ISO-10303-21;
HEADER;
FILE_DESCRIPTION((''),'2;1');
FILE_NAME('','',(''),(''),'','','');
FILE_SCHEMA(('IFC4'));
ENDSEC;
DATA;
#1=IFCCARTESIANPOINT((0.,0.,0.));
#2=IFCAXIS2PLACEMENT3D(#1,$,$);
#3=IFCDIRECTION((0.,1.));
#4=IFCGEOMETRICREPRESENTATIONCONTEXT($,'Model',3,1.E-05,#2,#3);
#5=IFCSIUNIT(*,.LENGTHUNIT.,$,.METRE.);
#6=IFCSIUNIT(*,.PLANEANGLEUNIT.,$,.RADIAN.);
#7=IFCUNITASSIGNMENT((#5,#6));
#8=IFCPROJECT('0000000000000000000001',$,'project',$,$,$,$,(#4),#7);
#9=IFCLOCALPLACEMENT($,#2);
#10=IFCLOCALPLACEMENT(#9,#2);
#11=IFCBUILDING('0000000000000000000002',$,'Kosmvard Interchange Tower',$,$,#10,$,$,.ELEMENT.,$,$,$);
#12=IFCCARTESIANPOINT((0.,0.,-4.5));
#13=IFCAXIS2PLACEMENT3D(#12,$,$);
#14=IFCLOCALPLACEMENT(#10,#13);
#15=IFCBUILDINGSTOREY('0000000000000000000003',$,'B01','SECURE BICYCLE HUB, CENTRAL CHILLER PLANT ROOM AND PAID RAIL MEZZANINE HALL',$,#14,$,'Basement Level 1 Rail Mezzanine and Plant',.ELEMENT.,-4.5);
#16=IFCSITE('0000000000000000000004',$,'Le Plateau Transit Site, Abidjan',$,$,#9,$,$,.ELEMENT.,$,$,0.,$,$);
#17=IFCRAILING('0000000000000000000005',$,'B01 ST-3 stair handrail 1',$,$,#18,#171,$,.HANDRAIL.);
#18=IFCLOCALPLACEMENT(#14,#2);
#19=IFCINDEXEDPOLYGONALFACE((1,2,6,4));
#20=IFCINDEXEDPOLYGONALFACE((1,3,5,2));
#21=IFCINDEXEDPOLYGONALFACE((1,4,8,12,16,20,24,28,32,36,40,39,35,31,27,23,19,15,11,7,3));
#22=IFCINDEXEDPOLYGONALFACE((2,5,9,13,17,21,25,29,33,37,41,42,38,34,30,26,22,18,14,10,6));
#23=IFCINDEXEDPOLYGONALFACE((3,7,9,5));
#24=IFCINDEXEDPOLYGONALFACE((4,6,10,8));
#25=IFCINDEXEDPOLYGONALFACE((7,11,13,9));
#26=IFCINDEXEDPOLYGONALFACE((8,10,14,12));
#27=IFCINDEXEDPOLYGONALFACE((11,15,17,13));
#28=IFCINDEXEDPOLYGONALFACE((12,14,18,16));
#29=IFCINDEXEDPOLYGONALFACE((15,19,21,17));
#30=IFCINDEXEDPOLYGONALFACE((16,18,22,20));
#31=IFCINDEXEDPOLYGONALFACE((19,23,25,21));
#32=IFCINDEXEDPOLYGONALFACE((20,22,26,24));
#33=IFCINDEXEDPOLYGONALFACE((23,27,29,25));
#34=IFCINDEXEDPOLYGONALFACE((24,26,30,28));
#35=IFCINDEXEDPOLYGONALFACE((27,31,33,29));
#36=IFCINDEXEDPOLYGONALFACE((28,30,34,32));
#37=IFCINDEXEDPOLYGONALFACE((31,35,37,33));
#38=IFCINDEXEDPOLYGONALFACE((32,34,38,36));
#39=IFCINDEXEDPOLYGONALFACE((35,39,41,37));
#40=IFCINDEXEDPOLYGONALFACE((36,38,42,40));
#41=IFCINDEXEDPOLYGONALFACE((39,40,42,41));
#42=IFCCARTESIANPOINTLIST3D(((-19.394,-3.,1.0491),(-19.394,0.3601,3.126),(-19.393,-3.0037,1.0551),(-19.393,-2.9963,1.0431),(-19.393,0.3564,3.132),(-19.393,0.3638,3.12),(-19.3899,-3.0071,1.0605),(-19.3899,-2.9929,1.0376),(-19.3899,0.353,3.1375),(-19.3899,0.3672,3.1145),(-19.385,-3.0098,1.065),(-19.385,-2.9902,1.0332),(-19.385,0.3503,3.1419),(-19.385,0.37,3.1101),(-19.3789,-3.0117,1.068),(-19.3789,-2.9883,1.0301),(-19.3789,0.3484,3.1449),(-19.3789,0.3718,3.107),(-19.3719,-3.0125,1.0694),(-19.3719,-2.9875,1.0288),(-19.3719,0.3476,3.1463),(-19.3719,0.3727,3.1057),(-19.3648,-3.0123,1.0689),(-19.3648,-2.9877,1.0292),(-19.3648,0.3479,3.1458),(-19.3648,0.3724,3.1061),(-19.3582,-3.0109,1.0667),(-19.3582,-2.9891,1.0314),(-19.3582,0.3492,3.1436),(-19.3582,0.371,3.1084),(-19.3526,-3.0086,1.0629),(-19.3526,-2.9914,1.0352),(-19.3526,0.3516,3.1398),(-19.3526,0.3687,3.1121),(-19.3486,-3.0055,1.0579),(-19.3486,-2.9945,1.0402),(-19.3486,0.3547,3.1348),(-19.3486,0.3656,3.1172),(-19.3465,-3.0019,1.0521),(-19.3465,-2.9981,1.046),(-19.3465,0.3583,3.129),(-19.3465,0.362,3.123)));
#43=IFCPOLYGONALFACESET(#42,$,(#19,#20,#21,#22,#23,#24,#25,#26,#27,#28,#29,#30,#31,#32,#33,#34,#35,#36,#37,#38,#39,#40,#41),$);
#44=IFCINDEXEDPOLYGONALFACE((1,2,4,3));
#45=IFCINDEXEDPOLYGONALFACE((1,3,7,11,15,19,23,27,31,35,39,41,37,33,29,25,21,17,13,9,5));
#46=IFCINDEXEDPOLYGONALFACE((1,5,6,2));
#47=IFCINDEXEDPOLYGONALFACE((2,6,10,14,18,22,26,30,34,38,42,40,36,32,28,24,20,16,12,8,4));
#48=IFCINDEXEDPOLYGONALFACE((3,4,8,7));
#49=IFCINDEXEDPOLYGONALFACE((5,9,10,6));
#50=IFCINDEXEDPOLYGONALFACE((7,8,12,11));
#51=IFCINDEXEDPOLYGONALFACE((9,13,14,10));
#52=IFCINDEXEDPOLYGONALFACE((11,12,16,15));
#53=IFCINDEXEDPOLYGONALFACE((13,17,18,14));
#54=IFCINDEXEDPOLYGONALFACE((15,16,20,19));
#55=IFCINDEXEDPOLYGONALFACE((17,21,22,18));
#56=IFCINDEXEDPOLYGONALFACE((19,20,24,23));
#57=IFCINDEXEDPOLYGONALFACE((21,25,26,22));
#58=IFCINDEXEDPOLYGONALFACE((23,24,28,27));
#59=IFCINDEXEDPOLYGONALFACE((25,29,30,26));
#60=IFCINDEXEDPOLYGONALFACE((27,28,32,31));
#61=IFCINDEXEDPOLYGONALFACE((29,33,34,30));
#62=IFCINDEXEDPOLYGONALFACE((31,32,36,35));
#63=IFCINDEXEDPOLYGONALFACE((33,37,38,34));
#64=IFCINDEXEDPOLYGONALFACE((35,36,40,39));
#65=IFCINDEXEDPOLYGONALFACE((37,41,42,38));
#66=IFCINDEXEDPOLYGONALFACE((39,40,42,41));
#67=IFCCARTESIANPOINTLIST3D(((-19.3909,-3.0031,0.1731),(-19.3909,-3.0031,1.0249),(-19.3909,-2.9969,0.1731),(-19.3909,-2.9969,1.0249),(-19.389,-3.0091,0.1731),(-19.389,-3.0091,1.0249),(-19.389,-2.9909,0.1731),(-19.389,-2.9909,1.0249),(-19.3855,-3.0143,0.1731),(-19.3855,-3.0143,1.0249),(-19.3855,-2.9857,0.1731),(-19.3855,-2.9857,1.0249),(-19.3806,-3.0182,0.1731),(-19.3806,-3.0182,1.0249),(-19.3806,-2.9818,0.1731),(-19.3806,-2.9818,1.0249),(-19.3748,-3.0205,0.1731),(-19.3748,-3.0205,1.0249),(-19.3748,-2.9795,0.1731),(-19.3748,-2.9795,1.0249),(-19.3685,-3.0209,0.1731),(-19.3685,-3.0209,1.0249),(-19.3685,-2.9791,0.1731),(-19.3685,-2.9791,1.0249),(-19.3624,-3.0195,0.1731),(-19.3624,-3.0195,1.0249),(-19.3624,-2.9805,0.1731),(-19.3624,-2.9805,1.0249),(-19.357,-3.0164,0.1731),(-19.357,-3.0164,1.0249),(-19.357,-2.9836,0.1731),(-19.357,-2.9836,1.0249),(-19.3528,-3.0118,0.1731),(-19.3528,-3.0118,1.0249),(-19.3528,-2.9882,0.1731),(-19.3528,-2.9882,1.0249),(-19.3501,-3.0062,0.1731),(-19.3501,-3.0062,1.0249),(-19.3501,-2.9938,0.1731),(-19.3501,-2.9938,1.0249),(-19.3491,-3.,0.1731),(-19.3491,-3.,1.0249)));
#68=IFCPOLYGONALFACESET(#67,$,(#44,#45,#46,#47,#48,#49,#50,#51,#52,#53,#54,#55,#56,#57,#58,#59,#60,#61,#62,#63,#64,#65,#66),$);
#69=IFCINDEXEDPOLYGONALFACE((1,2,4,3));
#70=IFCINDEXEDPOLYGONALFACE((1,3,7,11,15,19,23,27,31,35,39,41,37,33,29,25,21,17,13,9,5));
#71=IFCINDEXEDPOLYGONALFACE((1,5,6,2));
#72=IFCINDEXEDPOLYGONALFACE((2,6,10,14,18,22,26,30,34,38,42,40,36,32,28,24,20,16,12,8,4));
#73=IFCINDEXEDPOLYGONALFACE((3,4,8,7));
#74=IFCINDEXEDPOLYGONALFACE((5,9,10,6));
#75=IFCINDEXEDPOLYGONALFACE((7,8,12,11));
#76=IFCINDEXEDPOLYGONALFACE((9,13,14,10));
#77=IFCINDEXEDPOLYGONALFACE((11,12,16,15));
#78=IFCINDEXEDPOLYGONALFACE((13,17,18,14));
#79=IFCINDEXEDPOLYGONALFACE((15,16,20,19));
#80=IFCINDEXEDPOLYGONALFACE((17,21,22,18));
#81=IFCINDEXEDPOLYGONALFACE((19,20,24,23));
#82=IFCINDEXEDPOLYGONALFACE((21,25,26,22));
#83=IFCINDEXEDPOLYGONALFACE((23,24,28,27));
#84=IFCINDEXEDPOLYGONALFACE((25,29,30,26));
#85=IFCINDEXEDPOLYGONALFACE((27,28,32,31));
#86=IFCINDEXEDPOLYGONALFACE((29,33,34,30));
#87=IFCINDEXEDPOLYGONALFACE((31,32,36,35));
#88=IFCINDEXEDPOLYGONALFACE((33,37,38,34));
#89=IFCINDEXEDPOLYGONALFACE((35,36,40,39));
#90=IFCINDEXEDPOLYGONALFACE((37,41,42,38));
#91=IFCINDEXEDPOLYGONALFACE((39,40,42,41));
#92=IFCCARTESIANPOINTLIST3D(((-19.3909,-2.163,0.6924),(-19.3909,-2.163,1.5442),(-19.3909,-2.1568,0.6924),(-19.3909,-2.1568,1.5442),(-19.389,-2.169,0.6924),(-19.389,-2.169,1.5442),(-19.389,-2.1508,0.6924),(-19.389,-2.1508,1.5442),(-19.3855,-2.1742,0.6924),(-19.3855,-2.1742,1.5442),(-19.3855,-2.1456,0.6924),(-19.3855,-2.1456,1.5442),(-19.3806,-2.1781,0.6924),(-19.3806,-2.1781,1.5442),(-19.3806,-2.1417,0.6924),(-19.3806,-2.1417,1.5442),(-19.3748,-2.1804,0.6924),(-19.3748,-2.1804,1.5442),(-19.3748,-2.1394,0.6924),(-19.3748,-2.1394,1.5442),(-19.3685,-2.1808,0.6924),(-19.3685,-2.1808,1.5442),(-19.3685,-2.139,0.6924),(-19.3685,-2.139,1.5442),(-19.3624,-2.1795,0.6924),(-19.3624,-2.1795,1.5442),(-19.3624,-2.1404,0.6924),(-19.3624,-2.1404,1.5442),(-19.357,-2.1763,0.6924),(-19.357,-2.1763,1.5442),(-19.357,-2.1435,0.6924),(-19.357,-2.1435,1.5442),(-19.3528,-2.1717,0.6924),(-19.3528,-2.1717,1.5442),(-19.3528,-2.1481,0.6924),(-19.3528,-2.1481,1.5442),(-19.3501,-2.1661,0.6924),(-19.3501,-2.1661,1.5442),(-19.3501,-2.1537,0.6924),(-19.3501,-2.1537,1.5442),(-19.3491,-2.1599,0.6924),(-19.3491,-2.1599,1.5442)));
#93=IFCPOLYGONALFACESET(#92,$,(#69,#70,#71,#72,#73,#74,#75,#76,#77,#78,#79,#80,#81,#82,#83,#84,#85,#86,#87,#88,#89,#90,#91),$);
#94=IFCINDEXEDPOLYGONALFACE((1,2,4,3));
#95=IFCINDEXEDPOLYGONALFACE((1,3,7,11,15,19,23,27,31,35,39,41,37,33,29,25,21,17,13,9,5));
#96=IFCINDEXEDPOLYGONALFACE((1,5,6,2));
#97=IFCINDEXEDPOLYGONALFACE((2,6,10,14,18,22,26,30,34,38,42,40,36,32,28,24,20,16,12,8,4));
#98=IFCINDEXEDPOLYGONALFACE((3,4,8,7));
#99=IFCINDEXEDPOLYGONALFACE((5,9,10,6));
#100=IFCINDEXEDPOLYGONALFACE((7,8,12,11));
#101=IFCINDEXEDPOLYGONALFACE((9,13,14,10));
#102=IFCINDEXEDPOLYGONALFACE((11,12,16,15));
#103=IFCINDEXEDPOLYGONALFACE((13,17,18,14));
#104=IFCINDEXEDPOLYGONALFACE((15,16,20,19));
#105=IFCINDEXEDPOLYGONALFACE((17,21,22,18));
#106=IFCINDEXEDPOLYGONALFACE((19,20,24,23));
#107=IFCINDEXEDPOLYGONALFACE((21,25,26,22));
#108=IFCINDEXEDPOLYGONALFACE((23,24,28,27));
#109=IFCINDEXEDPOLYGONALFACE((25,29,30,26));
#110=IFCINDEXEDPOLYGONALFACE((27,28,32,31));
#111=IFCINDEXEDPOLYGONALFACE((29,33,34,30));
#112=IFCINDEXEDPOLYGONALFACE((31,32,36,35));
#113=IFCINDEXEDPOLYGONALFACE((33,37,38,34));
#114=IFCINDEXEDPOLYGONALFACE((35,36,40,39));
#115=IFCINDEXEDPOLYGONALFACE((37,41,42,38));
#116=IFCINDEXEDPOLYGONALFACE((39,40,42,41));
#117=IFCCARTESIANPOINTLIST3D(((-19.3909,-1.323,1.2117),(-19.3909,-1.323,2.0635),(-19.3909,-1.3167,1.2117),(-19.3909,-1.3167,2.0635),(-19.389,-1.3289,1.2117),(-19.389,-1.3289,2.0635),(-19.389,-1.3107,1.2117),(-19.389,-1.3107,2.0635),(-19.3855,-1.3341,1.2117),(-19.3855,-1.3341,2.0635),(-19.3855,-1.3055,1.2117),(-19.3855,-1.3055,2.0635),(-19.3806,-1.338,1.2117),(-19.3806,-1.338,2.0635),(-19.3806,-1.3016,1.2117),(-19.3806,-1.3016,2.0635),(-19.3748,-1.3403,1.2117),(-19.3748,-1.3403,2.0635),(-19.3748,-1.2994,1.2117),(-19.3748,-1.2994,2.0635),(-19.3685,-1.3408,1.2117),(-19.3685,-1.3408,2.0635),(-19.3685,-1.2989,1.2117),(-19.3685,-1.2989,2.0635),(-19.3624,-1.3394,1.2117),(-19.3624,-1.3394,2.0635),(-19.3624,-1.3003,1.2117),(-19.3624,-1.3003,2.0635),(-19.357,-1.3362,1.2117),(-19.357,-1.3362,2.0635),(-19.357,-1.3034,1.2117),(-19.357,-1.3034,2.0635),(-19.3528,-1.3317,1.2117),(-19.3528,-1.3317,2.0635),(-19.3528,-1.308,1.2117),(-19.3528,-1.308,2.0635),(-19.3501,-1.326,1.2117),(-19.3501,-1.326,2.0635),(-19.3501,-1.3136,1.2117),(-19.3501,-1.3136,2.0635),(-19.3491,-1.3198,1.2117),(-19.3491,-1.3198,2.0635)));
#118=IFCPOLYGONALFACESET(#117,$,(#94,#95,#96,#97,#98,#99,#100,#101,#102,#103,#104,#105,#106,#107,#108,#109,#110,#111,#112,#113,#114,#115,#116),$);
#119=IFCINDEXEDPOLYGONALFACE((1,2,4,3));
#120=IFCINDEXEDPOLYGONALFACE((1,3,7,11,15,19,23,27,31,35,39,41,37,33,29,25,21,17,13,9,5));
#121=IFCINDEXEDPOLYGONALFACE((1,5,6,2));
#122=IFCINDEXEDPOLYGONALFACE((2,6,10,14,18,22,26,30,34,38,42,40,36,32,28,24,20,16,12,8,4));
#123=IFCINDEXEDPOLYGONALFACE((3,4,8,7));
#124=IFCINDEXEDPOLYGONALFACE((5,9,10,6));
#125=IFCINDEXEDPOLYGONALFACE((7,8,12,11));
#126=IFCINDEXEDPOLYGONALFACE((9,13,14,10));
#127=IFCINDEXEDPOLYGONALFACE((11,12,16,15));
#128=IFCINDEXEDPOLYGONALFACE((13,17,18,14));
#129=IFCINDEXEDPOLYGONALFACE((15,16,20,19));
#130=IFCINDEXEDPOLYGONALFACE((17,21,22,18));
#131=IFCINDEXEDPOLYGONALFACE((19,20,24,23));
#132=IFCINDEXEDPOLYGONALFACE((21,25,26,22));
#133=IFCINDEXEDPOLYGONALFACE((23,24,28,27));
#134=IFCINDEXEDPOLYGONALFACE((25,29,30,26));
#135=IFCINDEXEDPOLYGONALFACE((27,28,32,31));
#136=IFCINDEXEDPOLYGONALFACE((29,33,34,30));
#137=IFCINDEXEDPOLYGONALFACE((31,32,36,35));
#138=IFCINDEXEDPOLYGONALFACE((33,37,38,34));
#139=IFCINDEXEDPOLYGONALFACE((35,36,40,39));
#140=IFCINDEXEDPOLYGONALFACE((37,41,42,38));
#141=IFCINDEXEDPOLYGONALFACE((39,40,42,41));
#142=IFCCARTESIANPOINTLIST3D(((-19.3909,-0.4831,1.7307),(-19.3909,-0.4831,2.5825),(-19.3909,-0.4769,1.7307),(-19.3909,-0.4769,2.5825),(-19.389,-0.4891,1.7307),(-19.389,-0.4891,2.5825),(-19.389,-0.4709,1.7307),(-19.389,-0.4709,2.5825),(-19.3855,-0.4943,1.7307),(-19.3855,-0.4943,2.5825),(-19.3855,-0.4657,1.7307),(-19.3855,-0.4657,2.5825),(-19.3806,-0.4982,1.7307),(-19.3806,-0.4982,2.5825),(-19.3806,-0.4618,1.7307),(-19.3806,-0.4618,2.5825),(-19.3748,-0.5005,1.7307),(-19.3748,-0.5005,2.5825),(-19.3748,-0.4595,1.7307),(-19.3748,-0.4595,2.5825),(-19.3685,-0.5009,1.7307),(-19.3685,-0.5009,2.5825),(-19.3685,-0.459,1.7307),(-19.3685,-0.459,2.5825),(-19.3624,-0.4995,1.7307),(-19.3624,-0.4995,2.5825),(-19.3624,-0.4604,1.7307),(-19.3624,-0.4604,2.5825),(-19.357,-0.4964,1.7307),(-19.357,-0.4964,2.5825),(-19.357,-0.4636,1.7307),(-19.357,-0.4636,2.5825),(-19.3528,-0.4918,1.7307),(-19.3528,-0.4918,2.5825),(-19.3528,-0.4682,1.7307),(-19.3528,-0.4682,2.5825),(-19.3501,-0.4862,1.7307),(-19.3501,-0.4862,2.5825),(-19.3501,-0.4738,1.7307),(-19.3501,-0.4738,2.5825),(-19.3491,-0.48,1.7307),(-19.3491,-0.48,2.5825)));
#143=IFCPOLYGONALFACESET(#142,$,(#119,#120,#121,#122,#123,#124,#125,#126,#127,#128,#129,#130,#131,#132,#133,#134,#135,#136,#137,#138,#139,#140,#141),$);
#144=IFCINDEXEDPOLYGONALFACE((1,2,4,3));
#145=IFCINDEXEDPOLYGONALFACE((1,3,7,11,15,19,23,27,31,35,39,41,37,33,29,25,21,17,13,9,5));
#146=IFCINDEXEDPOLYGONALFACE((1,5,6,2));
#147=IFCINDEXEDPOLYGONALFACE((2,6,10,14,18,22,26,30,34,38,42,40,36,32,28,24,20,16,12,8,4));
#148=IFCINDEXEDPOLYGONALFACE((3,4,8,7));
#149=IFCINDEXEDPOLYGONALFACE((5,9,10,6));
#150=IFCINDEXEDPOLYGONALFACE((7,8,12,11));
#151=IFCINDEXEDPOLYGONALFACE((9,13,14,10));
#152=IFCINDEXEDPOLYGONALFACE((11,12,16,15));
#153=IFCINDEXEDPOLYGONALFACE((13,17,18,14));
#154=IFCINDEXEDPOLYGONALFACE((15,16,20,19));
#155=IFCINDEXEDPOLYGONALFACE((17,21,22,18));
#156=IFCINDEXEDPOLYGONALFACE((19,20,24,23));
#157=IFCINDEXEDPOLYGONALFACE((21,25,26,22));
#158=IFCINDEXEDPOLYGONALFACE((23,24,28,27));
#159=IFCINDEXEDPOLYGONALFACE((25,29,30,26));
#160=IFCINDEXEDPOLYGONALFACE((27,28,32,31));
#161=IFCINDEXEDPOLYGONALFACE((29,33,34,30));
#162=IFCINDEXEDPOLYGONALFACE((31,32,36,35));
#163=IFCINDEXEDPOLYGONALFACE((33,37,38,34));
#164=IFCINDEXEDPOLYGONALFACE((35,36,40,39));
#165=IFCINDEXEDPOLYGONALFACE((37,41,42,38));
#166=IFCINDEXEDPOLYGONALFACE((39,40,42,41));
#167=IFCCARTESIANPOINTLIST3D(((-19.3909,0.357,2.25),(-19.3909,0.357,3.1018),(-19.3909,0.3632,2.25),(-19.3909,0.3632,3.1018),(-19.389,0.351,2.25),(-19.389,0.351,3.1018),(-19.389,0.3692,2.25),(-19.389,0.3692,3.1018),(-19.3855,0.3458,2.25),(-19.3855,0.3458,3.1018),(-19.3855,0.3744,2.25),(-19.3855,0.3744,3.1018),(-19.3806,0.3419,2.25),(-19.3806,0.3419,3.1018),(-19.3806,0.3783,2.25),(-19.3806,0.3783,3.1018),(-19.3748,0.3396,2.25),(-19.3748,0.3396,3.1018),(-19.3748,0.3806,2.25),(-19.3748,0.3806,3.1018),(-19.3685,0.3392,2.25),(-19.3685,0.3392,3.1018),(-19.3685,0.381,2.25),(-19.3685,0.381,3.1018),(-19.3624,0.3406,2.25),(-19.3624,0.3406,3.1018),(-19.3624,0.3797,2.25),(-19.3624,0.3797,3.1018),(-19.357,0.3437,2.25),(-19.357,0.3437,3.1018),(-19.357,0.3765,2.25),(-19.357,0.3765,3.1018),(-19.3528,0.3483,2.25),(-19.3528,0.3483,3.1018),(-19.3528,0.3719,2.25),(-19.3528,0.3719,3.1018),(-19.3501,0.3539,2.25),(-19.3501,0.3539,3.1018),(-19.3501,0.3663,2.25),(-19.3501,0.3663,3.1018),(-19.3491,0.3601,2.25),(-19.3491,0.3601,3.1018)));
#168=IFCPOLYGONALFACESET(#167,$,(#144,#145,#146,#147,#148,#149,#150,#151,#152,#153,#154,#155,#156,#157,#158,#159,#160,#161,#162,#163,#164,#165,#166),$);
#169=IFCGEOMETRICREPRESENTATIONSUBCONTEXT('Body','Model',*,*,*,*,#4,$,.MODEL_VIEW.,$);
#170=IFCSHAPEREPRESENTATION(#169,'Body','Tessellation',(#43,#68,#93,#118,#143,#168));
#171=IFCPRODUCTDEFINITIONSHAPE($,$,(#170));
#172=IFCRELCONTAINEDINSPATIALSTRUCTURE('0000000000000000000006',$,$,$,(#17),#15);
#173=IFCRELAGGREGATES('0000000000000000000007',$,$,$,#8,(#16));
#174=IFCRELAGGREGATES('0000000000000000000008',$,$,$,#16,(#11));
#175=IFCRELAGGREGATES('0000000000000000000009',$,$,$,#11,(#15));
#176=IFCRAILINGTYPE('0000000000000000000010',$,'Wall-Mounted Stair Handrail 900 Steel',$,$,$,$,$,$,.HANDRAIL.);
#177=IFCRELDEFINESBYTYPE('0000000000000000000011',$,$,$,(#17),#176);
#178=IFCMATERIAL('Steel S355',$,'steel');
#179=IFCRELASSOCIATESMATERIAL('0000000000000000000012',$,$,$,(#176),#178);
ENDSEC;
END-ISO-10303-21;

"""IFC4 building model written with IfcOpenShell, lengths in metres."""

from ifc_helpers import new_model, si_unit, direction, frame, origin, origin_2d, place, context, subcontext, project, spatial, circle, extrude, source, transform, mapped, material, type_object, element, save


model = new_model("IFC4")

# Units and contexts
model_context = context("Model", 3, precision=1e-05, world=origin(), true_north=direction((0.0, 1.0)))
body_context = subcontext(model_context, "Body", "Model", "MODEL_VIEW")
ifc_project = project(units=[si_unit("LENGTHUNIT", "METRE"), si_unit("PLANEANGLEUNIT", "RADIAN")], contexts=[model_context])

# Site, building, storey
site_placement = place(None, origin())
site = spatial("IfcSite", under=ifc_project, at=site_placement, Name="Le Plateau Transit Site, Abidjan", CompositionType="ELEMENT", RefElevation=0.0)
building_placement = place(site_placement, origin())
building = spatial("IfcBuilding", under=site, at=building_placement, Name="Kosmvard Interchange Tower", CompositionType="ELEMENT")
storey_placement = place(building_placement, frame((0.0, 0.0, -4.5)))
storey = spatial("IfcBuildingStorey", under=building, at=storey_placement, Name="B01", Description="SECURE BICYCLE HUB, CENTRAL CHILLER PLANT ROOM AND PAID RAIL MEZZANINE HALL", LongName="Basement Level 1 Rail Mezzanine and Plant", CompositionType="ELEMENT", Elevation=-4.5)

# Shared definitions
ifc_material_1 = material(Name="Steel S355", Category="steel")

# Railing
railing_type_1 = type_object("IfcRailingType", Name="Wall-Mounted Stair Handrail 900 Steel", PredefinedType="HANDRAIL", material=ifc_material_1)
shared_shape_1 = source(origin(), body_context, "Body", "SweptSolid", [
    extrude(circle(Radius=0.0239, at=origin_2d()), frame((0.0, 0.0, 0.876), z_axis=(0.0, 0.850623, 0.525776), x_axis=(-1.0, 0.0, 0.0)), (0.0, 0.0, 1.0), 3.9502),
    extrude(circle(Radius=0.021, at=origin_2d()), origin(), (0.0, 0.0, 1.0), 0.8518),
    extrude(circle(Radius=0.021, at=origin_2d()), frame((0.0, 0.8401, 0.5193)), (0.0, 0.0, 1.0), 0.8518),
    extrude(circle(Radius=0.021, at=origin_2d()), frame((0.0, 1.6802, 1.0386)), (0.0, 0.0, 1.0), 0.8518),
    extrude(circle(Radius=0.021, at=origin_2d()), frame((0.0, 2.52, 1.5576)), (0.0, 0.0, 1.0), 0.8518),
    extrude(circle(Radius=0.021, at=origin_2d()), frame((0.0, 3.3601, 2.0769)), (0.0, 0.0, 1.0), 0.8518),
])
railing_1_placement = place(storey_placement, frame((-19.3701, -3.0, 0.1731)))
element("IfcRailing", 1, at=railing_1_placement, inside=storey, type_object=railing_type_1, Name="B01 ST-3 stair handrail 1", PredefinedType="HANDRAIL", context=body_context, shape_type="MappedRepresentation", body=[
    mapped(shared_shape_1, transform((0.0, 0.0, 0.0), scale=1.0)),
])

save(model, "model.ifc")
